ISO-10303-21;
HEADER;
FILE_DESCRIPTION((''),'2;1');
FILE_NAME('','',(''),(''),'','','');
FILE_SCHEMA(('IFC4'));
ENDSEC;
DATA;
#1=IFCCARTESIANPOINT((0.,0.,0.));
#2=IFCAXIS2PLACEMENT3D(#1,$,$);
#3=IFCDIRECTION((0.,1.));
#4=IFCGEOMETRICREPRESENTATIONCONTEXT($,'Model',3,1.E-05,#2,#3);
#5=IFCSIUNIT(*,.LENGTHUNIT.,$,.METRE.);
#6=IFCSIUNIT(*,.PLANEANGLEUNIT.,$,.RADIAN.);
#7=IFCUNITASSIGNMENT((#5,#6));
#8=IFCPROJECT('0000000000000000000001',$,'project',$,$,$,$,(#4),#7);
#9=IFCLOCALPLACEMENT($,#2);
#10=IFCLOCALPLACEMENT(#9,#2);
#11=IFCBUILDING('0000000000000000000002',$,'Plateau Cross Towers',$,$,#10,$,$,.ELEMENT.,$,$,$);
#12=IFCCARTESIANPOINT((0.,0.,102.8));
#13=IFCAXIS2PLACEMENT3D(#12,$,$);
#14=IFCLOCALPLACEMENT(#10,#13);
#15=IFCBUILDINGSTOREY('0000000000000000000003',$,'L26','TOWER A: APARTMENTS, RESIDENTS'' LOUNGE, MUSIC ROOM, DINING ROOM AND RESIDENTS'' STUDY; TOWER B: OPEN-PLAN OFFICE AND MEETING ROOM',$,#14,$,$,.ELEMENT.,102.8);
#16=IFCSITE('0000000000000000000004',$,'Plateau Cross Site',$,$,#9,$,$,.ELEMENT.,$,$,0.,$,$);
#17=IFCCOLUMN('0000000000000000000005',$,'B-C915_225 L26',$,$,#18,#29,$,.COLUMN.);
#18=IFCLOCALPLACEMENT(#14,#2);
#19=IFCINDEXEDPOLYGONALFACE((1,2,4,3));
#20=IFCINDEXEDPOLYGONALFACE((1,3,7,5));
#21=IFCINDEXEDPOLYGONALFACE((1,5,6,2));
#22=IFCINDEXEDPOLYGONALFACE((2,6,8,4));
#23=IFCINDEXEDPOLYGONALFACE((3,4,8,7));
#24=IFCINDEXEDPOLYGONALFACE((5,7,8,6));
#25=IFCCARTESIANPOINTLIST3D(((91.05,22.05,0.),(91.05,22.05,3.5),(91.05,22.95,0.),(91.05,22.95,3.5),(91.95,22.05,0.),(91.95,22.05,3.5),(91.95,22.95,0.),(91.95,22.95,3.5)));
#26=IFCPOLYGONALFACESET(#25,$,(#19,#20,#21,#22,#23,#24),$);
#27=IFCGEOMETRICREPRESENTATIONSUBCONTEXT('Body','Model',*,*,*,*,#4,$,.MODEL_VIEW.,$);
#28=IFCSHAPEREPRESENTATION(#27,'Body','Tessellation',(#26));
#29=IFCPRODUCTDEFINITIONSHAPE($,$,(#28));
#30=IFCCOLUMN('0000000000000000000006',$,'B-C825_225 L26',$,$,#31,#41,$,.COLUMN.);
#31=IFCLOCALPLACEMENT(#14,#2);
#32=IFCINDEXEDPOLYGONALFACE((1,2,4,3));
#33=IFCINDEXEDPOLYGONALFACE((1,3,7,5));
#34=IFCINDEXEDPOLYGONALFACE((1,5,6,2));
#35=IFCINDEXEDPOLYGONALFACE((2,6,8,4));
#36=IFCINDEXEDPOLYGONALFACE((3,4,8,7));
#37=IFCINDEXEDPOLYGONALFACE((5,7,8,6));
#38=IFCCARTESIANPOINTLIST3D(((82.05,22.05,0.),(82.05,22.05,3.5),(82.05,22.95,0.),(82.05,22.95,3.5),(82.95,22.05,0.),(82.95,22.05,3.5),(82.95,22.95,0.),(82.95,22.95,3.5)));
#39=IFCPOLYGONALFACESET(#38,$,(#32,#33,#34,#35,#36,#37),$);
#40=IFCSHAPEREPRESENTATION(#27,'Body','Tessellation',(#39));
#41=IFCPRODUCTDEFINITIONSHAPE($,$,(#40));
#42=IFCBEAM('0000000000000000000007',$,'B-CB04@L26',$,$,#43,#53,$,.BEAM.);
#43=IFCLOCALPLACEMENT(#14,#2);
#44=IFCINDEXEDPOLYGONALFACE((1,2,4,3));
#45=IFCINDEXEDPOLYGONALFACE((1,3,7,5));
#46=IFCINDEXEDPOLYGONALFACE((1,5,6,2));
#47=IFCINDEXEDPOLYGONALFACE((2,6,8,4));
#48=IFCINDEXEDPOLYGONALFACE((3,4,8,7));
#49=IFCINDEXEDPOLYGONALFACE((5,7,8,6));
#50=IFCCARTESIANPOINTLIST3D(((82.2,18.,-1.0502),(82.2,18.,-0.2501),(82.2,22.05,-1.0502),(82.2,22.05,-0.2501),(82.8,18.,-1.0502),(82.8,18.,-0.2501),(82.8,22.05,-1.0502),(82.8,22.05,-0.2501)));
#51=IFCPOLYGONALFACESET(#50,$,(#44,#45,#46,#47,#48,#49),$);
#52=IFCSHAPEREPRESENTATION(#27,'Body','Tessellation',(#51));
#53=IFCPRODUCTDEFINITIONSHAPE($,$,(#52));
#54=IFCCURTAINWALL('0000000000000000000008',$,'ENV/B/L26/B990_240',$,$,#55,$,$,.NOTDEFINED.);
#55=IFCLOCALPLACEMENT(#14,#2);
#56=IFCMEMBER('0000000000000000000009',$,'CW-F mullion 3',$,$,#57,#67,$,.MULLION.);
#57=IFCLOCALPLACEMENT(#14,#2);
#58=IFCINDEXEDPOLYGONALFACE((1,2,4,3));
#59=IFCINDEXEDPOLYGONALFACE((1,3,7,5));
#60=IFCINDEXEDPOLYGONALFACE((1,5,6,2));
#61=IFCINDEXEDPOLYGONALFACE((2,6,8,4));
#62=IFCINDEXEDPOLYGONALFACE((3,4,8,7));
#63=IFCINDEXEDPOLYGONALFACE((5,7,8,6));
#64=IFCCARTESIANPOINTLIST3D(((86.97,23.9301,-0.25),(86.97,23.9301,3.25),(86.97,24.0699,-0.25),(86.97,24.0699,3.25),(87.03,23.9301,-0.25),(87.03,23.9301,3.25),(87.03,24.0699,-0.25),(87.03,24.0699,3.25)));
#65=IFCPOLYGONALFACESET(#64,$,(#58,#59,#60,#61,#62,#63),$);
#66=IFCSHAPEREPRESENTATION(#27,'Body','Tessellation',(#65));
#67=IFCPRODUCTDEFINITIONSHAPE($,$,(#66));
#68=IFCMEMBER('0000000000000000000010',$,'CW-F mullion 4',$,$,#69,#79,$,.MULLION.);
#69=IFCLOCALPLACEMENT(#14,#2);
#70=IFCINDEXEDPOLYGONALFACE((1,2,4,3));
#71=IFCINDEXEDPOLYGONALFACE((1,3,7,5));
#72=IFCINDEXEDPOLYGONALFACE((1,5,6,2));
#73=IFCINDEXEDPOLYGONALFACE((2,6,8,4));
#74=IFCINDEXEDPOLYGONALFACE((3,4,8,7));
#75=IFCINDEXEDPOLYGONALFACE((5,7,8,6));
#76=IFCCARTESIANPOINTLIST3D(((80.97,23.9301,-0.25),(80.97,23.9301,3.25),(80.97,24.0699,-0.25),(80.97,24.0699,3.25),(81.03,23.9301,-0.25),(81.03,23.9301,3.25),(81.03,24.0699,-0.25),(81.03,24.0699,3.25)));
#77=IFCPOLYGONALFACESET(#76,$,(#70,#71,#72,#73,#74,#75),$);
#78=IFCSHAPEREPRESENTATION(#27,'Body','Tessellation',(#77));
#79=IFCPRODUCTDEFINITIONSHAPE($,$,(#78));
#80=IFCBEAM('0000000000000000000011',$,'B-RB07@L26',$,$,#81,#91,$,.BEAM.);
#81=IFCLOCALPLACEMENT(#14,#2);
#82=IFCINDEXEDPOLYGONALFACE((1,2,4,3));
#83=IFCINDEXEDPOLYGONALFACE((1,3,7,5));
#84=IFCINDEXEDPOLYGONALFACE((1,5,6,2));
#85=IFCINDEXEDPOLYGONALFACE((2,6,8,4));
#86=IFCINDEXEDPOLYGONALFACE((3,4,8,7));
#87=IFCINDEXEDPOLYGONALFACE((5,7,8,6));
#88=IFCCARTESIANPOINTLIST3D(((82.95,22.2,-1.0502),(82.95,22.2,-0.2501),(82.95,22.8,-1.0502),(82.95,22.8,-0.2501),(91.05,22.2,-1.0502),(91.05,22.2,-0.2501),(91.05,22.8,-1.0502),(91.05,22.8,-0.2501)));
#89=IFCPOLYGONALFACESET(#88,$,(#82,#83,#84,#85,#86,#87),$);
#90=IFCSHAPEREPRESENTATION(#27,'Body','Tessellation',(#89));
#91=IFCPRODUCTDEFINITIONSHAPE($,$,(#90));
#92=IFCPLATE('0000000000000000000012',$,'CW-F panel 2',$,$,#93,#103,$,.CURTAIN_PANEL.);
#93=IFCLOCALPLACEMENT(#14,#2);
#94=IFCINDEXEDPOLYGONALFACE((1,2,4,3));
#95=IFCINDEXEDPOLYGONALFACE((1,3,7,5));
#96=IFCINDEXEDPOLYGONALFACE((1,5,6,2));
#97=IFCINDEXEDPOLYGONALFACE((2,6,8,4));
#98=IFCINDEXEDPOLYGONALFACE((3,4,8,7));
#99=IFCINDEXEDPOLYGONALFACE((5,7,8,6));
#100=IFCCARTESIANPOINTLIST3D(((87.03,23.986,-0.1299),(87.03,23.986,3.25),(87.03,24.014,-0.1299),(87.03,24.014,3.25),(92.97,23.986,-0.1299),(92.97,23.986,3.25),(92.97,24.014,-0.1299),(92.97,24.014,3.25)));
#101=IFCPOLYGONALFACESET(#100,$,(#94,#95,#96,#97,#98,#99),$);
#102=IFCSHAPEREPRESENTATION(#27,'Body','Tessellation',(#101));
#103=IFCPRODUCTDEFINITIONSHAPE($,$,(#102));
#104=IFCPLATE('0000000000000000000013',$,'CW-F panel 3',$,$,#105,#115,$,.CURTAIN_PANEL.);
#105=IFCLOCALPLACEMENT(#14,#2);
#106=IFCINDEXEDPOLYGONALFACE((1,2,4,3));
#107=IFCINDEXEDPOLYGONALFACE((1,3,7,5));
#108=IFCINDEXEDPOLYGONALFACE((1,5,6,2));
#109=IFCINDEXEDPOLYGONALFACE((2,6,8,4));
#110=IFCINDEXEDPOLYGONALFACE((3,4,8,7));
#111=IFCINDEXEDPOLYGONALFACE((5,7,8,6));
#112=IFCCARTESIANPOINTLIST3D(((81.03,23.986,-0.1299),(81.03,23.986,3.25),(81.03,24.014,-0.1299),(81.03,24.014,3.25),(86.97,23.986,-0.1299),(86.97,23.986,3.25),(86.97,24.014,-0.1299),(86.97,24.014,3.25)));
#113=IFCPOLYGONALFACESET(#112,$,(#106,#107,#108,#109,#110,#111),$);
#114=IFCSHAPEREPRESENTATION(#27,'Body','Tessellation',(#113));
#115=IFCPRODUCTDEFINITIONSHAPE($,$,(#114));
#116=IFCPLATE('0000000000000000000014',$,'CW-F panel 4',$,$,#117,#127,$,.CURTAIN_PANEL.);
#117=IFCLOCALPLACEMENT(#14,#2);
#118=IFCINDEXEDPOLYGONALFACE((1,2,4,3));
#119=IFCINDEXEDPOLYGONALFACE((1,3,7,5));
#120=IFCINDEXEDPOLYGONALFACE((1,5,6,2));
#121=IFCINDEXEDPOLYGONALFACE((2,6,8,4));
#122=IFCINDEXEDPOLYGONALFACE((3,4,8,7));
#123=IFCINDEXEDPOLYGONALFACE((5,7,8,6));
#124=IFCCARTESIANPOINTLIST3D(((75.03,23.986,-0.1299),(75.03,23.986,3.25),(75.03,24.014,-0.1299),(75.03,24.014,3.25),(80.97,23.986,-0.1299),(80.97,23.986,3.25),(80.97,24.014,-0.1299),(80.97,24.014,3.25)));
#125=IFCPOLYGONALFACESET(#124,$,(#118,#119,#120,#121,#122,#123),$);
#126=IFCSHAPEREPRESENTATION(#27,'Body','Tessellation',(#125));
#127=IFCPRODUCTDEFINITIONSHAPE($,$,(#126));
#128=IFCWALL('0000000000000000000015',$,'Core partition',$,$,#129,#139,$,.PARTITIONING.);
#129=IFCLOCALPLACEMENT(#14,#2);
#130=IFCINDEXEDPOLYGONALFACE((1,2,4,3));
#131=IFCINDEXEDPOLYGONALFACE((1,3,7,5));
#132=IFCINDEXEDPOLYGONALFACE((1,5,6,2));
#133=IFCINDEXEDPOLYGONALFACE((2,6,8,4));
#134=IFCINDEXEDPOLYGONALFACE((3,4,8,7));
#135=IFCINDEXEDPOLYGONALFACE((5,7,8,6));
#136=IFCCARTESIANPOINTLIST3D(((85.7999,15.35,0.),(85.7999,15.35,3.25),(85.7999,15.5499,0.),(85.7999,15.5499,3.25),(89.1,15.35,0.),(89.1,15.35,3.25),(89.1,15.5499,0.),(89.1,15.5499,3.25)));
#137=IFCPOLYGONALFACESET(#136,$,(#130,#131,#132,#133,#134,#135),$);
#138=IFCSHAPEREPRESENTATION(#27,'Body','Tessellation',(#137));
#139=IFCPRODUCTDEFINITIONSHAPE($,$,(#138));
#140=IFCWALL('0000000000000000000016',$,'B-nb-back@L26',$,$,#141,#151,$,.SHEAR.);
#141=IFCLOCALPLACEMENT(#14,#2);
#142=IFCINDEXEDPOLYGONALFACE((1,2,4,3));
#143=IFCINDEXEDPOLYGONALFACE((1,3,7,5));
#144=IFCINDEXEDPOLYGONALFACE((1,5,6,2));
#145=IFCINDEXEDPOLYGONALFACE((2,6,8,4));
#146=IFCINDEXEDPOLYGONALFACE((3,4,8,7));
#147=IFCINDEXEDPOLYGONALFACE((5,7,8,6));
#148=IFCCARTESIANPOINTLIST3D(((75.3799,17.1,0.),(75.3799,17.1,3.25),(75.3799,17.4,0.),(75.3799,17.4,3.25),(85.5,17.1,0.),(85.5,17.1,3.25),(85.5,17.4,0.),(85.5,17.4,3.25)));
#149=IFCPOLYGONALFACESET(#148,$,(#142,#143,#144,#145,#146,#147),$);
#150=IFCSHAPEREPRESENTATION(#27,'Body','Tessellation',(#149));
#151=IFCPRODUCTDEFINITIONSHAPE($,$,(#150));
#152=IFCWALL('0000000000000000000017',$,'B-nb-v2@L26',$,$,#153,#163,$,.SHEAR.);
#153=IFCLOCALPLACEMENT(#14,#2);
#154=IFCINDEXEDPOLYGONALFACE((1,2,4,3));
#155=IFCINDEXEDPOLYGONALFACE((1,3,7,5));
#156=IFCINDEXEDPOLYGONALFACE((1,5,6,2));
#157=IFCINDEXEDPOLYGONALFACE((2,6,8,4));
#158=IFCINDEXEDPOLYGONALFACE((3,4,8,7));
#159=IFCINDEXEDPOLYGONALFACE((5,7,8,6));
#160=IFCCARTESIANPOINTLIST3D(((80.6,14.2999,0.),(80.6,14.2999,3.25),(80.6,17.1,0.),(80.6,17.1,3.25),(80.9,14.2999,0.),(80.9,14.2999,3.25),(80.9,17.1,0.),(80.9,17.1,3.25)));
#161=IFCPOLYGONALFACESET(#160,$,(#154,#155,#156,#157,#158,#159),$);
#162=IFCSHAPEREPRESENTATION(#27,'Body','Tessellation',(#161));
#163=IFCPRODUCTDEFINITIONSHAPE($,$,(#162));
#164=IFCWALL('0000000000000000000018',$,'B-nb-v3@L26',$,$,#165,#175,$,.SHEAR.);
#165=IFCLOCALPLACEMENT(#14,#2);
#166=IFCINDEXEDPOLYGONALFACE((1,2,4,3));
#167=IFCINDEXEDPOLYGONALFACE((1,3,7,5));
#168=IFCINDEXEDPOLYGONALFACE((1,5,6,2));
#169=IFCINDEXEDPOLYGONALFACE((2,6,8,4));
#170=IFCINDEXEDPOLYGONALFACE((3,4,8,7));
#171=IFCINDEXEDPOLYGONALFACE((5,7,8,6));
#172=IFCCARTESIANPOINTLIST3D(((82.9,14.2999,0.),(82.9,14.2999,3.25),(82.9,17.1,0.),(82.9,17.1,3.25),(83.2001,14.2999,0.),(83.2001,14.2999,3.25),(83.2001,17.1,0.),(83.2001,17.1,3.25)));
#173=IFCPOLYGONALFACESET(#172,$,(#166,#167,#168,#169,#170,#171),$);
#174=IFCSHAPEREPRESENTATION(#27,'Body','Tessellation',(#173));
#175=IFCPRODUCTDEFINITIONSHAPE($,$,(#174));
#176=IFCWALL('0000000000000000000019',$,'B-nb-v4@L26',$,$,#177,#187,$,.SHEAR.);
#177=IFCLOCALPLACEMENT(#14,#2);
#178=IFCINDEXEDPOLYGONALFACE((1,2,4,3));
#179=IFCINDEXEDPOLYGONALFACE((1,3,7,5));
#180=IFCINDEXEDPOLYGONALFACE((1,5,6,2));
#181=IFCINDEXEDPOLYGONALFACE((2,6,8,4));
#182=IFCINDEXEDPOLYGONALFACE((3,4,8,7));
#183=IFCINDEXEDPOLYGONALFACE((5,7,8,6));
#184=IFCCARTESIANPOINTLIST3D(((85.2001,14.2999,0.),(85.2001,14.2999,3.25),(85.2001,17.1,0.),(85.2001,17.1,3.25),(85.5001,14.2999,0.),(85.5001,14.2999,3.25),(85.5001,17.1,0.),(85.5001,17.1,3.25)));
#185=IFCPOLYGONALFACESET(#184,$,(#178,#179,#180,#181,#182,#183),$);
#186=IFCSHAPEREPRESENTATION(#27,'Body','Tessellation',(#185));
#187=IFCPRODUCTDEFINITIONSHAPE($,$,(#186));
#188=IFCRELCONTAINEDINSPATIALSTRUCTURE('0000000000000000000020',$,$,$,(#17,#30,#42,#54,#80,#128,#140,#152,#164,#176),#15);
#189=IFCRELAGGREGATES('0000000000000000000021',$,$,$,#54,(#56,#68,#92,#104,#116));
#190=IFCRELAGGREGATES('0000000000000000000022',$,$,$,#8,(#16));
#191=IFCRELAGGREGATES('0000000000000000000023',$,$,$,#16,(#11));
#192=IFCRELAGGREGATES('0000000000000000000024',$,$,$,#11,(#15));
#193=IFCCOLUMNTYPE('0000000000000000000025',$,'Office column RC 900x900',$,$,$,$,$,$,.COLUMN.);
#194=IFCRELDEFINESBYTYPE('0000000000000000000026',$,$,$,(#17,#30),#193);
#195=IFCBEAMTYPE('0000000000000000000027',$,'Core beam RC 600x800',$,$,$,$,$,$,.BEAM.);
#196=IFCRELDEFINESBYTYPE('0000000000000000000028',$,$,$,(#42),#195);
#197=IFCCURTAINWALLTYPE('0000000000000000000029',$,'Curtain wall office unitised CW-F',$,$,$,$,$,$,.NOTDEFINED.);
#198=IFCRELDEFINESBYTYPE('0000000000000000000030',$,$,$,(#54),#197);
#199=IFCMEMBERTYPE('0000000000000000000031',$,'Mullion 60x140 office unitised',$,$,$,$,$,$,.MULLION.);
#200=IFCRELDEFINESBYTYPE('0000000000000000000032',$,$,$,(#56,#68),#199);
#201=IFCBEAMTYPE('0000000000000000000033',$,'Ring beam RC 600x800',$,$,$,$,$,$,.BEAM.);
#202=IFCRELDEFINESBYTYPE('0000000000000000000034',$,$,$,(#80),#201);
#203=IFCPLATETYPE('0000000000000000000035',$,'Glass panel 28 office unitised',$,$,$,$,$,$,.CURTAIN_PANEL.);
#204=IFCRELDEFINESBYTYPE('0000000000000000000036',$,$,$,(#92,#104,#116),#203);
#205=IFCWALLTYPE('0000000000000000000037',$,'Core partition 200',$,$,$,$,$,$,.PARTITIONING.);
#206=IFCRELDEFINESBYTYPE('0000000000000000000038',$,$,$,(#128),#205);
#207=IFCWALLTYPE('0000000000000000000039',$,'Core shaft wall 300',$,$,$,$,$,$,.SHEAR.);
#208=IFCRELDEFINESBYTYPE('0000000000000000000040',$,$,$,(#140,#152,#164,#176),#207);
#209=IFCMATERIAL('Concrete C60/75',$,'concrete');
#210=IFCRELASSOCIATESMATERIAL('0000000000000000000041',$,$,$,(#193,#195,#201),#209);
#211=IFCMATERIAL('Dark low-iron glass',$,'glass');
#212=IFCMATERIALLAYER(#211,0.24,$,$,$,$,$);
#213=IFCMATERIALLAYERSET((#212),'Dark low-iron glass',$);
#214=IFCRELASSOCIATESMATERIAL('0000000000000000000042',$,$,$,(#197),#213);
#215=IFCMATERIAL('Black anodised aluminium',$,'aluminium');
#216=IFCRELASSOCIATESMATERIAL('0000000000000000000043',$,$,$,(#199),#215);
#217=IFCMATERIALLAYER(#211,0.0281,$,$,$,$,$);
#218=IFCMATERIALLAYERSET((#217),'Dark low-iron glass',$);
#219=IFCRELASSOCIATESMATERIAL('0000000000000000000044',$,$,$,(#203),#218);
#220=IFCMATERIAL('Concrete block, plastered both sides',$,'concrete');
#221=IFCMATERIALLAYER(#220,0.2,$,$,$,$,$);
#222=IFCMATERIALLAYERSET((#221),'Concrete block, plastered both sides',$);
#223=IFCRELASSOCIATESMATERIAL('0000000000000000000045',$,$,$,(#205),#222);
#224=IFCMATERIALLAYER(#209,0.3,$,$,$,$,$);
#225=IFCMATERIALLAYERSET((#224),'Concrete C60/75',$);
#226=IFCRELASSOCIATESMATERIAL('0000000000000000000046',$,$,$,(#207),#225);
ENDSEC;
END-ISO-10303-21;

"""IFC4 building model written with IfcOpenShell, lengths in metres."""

from ifc_helpers import new_model, si_unit, direction, frame, frame_2d, origin, origin_2d, place, context, subcontext, project, spatial, rectangle, extrude, material, layer, layer_set, material_profile, profile_set, type_object, element, aggregate, save


model = new_model("IFC4")

# Units and contexts
model_context = context("Model", 3, precision=1e-05, world=origin(), true_north=direction((0.0, 1.0)))
body_context = subcontext(model_context, "Body", "Model", "MODEL_VIEW")
ifc_project = project(units=[si_unit("LENGTHUNIT", "METRE"), si_unit("PLANEANGLEUNIT", "RADIAN")], contexts=[model_context])

# Site, building, storey
site_placement = place(None, origin())
site = spatial("IfcSite", under=ifc_project, at=site_placement, Name="Plateau Cross Site", CompositionType="ELEMENT", RefElevation=0.0)
building_placement = place(site_placement, origin())
building = spatial("IfcBuilding", under=site, at=building_placement, Name="Plateau Cross Towers", CompositionType="ELEMENT")
storey_placement = place(building_placement, frame((0.0, 0.0, 102.8)))
storey = spatial("IfcBuildingStorey", under=building, at=storey_placement, Name="L26", Description="TOWER A: APARTMENTS, RESIDENTS' LOUNGE, MUSIC ROOM, DINING ROOM AND RESIDENTS' STUDY; TOWER B: OPEN-PLAN OFFICE AND MEETING ROOM", CompositionType="ELEMENT", Elevation=102.8)

# Columns
ifc_material_1 = material(Name="Concrete C60/75", Category="concrete")
ifc_material_profile_1 = material_profile(ifc_material_1, rectangle(XDim=0.8999, YDim=0.8999, at=origin_2d()), Name="RC 900x900")
ifc_profile_set_1 = profile_set([ifc_material_profile_1], Name="Concrete C60/75")
column_type = type_object("IfcColumnType", Name="Office column RC 900x900", PredefinedType="COLUMN", material=ifc_profile_set_1)
for number, where, z_axis, x_axis, name in (
    (1, (91.5, 22.5, 0.0), (0.0, 0.0, 1.0), (1.0, 0.0, 0.0), "B-C915_225 L26"),
    (2, (82.5, 22.5, 0.0), (0.0, 0.0, 1.0), (1.0, 0.0, 0.0), "B-C825_225 L26"),
):
    element("IfcColumn", number, at=place(storey_placement, frame(where, z_axis=z_axis, x_axis=x_axis)), inside=storey, type_object=column_type, Name=name, PredefinedType="COLUMN", context=body_context, shape_type="SweptSolid", body=[
        extrude(rectangle(XDim=0.8999, YDim=0.8999, at=origin_2d()), origin(), (0.0, 0.0, 1.0), 3.5),
    ])

# Beam
ifc_material_profile_2 = material_profile(ifc_material_1, rectangle(XDim=0.6001, YDim=0.8, at=origin_2d()), Name="RC 600x800")
ifc_profile_set_2 = profile_set([ifc_material_profile_2], Name="Concrete C60/75")
beam_type_1 = type_object("IfcBeamType", Name="Core beam RC 600x800", PredefinedType="BEAM", material=ifc_profile_set_2)
beam_1_placement = place(storey_placement, frame((82.5, 18.0, -0.6501), z_axis=(0.0, 1.0, 0.0), x_axis=(-1.0, 0.0, 0.0)))
element("IfcBeam", 3, at=beam_1_placement, inside=storey, type_object=beam_type_1, Name="B-CB04@L26", PredefinedType="BEAM", context=body_context, shape_type="SweptSolid", body=[
    extrude(rectangle(XDim=0.6001, YDim=0.8, at=origin_2d()), origin(), (0.0, 0.0, 1.0), 4.05),
])

# Curtain wall, members
ifc_material_2 = material(Name="Dark low-iron glass", Category="glass")
ifc_layer_1 = layer(ifc_material_2, 0.24)
ifc_layer_set_1 = layer_set([ifc_layer_1], Name="Dark low-iron glass")
curtain_wall_type = type_object("IfcCurtainWallType", Name="Curtain wall office unitised CW-F", PredefinedType="NOTDEFINED", material=ifc_layer_set_1)
curtain_wall_placement = place(storey_placement, origin())
curtain_wall = element("IfcCurtainWall", 4, at=curtain_wall_placement, inside=storey, type_object=curtain_wall_type, Name="ENV/B/L26/B990_240", PredefinedType="NOTDEFINED")
ifc_material_3 = material(Name="Black anodised aluminium", Category="aluminium")
ifc_material_profile_3 = material_profile(ifc_material_3, rectangle(XDim=0.0601, YDim=0.1399, at=origin_2d()), Name="MULLION 60x140")
ifc_profile_set_3 = profile_set([ifc_material_profile_3], Name="Black anodised aluminium")
member_type = type_object("IfcMemberType", Name="Mullion 60x140 office unitised", PredefinedType="MULLION", material=ifc_profile_set_3)
member_1_placement = place(storey_placement, frame((87.0, 24.0, -0.25), z_axis=(0.0, 0.0, 1.0), x_axis=(-1.0, 0.0, 0.0)))
member_1 = element("IfcMember", 5, at=member_1_placement, type_object=member_type, Name="CW-F mullion 3", PredefinedType="MULLION", context=body_context, shape_type="SweptSolid", body=[
    extrude(rectangle(XDim=0.0601, YDim=0.1399, at=origin_2d()), origin(), (0.0, 0.0, 1.0), 3.5),
])
member_2_placement = place(storey_placement, frame((81.0, 24.0, -0.25), z_axis=(0.0, 0.0, 1.0), x_axis=(-1.0, 0.0, 0.0)))
member_2 = element("IfcMember", 6, at=member_2_placement, type_object=member_type, Name="CW-F mullion 4", PredefinedType="MULLION", context=body_context, shape_type="SweptSolid", body=[
    extrude(rectangle(XDim=0.0601, YDim=0.1399, at=origin_2d()), origin(), (0.0, 0.0, 1.0), 3.5),
])

# Beam
ifc_material_profile_4 = material_profile(ifc_material_1, rectangle(XDim=0.6001, YDim=0.8, at=origin_2d()), Name="RC 600x800")
ifc_profile_set_4 = profile_set([ifc_material_profile_4], Name="Concrete C60/75")
beam_type_2 = type_object("IfcBeamType", Name="Ring beam RC 600x800", PredefinedType="BEAM", material=ifc_profile_set_4)
beam_2_placement = place(storey_placement, frame((91.05, 22.5, -0.6501), z_axis=(-1.0, 0.0, 0.0), x_axis=(0.0, -1.0, 0.0)))
element("IfcBeam", 7, at=beam_2_placement, inside=storey, type_object=beam_type_2, Name="B-RB07@L26", PredefinedType="BEAM", context=body_context, shape_type="SweptSolid", body=[
    extrude(rectangle(XDim=0.6001, YDim=0.8, at=origin_2d()), origin(), (0.0, 0.0, 1.0), 8.1001),
])

# Plates
ifc_layer_2 = layer(ifc_material_2, 0.0281)
ifc_layer_set_2 = layer_set([ifc_layer_2], Name="Dark low-iron glass")
plate_type = type_object("IfcPlateType", Name="Glass panel 28 office unitised", PredefinedType="CURTAIN_PANEL", material=ifc_layer_set_2)
plate_1_placement = place(storey_placement, frame((90.0, 24.0, -0.1299), z_axis=(0.0, 0.0, 1.0), x_axis=(-1.0, 0.0, 0.0)))
plate_1 = element("IfcPlate", 8, at=plate_1_placement, type_object=plate_type, Name="CW-F panel 2", PredefinedType="CURTAIN_PANEL", context=body_context, shape_type="SweptSolid", body=[
    extrude(rectangle(XDim=5.9399, YDim=0.0281, at=origin_2d()), origin(), (0.0, 0.0, 1.0), 3.3799),
])
plate_2_placement = place(storey_placement, frame((84.0, 24.0, -0.1299), z_axis=(0.0, 0.0, 1.0), x_axis=(-1.0, 0.0, 0.0)))
plate_2 = element("IfcPlate", 9, at=plate_2_placement, type_object=plate_type, Name="CW-F panel 3", PredefinedType="CURTAIN_PANEL", context=body_context, shape_type="SweptSolid", body=[
    extrude(rectangle(XDim=5.9399, YDim=0.0281, at=origin_2d()), origin(), (0.0, 0.0, 1.0), 3.3799),
])
plate_3_placement = place(storey_placement, frame((78.0, 24.0, -0.1299), z_axis=(0.0, 0.0, 1.0), x_axis=(-1.0, 0.0, 0.0)))
plate_3 = element("IfcPlate", 10, at=plate_3_placement, type_object=plate_type, Name="CW-F panel 4", PredefinedType="CURTAIN_PANEL", context=body_context, shape_type="SweptSolid", body=[
    extrude(rectangle(XDim=5.9399, YDim=0.0281, at=origin_2d()), origin(), (0.0, 0.0, 1.0), 3.3799),
])
aggregate(curtain_wall, [member_1, member_2, plate_1, plate_2, plate_3])

# Walls
ifc_material_4 = material(Name="Concrete block, plastered both sides", Category="concrete")
ifc_layer_3 = layer(ifc_material_4, 0.2)
ifc_layer_set_3 = layer_set([ifc_layer_3], Name="Concrete block, plastered both sides")
wall_type_1 = type_object("IfcWallType", Name="Core partition 200", PredefinedType="PARTITIONING", material=ifc_layer_set_3)
wall_1_placement = place(storey_placement, frame((85.8, 15.45, 0.0), z_axis=(0.0, 0.0, 1.0), x_axis=(1.0, 0.0, 0.0)))
element("IfcWall", 11, at=wall_1_placement, inside=storey, type_object=wall_type_1, Name="Core partition", PredefinedType="PARTITIONING", context=body_context, shape_type="SweptSolid", body=[
    extrude(rectangle(XDim=3.3, YDim=0.2, at=frame_2d((1.6499, 0.0))), origin(), (0.0, 0.0, 1.0), 3.25),
])
ifc_layer_4 = layer(ifc_material_1, 0.3)
ifc_layer_set_4 = layer_set([ifc_layer_4], Name="Concrete C60/75")
wall_type_2 = type_object("IfcWallType", Name="Core shaft wall 300", PredefinedType="SHEAR", material=ifc_layer_set_4)
wall_2_placement = place(storey_placement, frame((75.3799, 17.25, 0.0), z_axis=(0.0, 0.0, 1.0), x_axis=(1.0, 0.0, 0.0)))
element("IfcWall", 12, at=wall_2_placement, inside=storey, type_object=wall_type_2, Name="B-nb-back@L26", PredefinedType="SHEAR", context=body_context, shape_type="SweptSolid", body=[
    extrude(rectangle(XDim=10.1201, YDim=0.3, at=frame_2d((5.0601, 0.0))), origin(), (0.0, 0.0, 1.0), 3.25),
])
for number, where, z_axis, x_axis, name in (
    (13, (80.75, 14.3, 0.0), (0.0, 0.0, 1.0), (0.0, 1.0, 0.0), "B-nb-v2@L26"),
    (14, (83.05, 14.3, 0.0), (0.0, 0.0, 1.0), (0.0, 1.0, 0.0), "B-nb-v3@L26"),
    (15, (85.3501, 14.3, 0.0), (0.0, 0.0, 1.0), (0.0, 1.0, 0.0), "B-nb-v4@L26"),
):
    element("IfcWall", number, at=place(storey_placement, frame(where, z_axis=z_axis, x_axis=x_axis)), inside=storey, type_object=wall_type_2, Name=name, PredefinedType="SHEAR", context=body_context, shape_type="SweptSolid", body=[
        extrude(rectangle(XDim=2.8, YDim=0.3, at=frame_2d((1.3999, 0.0))), origin(), (0.0, 0.0, 1.0), 3.25),
    ])

save(model, "model.ifc")
